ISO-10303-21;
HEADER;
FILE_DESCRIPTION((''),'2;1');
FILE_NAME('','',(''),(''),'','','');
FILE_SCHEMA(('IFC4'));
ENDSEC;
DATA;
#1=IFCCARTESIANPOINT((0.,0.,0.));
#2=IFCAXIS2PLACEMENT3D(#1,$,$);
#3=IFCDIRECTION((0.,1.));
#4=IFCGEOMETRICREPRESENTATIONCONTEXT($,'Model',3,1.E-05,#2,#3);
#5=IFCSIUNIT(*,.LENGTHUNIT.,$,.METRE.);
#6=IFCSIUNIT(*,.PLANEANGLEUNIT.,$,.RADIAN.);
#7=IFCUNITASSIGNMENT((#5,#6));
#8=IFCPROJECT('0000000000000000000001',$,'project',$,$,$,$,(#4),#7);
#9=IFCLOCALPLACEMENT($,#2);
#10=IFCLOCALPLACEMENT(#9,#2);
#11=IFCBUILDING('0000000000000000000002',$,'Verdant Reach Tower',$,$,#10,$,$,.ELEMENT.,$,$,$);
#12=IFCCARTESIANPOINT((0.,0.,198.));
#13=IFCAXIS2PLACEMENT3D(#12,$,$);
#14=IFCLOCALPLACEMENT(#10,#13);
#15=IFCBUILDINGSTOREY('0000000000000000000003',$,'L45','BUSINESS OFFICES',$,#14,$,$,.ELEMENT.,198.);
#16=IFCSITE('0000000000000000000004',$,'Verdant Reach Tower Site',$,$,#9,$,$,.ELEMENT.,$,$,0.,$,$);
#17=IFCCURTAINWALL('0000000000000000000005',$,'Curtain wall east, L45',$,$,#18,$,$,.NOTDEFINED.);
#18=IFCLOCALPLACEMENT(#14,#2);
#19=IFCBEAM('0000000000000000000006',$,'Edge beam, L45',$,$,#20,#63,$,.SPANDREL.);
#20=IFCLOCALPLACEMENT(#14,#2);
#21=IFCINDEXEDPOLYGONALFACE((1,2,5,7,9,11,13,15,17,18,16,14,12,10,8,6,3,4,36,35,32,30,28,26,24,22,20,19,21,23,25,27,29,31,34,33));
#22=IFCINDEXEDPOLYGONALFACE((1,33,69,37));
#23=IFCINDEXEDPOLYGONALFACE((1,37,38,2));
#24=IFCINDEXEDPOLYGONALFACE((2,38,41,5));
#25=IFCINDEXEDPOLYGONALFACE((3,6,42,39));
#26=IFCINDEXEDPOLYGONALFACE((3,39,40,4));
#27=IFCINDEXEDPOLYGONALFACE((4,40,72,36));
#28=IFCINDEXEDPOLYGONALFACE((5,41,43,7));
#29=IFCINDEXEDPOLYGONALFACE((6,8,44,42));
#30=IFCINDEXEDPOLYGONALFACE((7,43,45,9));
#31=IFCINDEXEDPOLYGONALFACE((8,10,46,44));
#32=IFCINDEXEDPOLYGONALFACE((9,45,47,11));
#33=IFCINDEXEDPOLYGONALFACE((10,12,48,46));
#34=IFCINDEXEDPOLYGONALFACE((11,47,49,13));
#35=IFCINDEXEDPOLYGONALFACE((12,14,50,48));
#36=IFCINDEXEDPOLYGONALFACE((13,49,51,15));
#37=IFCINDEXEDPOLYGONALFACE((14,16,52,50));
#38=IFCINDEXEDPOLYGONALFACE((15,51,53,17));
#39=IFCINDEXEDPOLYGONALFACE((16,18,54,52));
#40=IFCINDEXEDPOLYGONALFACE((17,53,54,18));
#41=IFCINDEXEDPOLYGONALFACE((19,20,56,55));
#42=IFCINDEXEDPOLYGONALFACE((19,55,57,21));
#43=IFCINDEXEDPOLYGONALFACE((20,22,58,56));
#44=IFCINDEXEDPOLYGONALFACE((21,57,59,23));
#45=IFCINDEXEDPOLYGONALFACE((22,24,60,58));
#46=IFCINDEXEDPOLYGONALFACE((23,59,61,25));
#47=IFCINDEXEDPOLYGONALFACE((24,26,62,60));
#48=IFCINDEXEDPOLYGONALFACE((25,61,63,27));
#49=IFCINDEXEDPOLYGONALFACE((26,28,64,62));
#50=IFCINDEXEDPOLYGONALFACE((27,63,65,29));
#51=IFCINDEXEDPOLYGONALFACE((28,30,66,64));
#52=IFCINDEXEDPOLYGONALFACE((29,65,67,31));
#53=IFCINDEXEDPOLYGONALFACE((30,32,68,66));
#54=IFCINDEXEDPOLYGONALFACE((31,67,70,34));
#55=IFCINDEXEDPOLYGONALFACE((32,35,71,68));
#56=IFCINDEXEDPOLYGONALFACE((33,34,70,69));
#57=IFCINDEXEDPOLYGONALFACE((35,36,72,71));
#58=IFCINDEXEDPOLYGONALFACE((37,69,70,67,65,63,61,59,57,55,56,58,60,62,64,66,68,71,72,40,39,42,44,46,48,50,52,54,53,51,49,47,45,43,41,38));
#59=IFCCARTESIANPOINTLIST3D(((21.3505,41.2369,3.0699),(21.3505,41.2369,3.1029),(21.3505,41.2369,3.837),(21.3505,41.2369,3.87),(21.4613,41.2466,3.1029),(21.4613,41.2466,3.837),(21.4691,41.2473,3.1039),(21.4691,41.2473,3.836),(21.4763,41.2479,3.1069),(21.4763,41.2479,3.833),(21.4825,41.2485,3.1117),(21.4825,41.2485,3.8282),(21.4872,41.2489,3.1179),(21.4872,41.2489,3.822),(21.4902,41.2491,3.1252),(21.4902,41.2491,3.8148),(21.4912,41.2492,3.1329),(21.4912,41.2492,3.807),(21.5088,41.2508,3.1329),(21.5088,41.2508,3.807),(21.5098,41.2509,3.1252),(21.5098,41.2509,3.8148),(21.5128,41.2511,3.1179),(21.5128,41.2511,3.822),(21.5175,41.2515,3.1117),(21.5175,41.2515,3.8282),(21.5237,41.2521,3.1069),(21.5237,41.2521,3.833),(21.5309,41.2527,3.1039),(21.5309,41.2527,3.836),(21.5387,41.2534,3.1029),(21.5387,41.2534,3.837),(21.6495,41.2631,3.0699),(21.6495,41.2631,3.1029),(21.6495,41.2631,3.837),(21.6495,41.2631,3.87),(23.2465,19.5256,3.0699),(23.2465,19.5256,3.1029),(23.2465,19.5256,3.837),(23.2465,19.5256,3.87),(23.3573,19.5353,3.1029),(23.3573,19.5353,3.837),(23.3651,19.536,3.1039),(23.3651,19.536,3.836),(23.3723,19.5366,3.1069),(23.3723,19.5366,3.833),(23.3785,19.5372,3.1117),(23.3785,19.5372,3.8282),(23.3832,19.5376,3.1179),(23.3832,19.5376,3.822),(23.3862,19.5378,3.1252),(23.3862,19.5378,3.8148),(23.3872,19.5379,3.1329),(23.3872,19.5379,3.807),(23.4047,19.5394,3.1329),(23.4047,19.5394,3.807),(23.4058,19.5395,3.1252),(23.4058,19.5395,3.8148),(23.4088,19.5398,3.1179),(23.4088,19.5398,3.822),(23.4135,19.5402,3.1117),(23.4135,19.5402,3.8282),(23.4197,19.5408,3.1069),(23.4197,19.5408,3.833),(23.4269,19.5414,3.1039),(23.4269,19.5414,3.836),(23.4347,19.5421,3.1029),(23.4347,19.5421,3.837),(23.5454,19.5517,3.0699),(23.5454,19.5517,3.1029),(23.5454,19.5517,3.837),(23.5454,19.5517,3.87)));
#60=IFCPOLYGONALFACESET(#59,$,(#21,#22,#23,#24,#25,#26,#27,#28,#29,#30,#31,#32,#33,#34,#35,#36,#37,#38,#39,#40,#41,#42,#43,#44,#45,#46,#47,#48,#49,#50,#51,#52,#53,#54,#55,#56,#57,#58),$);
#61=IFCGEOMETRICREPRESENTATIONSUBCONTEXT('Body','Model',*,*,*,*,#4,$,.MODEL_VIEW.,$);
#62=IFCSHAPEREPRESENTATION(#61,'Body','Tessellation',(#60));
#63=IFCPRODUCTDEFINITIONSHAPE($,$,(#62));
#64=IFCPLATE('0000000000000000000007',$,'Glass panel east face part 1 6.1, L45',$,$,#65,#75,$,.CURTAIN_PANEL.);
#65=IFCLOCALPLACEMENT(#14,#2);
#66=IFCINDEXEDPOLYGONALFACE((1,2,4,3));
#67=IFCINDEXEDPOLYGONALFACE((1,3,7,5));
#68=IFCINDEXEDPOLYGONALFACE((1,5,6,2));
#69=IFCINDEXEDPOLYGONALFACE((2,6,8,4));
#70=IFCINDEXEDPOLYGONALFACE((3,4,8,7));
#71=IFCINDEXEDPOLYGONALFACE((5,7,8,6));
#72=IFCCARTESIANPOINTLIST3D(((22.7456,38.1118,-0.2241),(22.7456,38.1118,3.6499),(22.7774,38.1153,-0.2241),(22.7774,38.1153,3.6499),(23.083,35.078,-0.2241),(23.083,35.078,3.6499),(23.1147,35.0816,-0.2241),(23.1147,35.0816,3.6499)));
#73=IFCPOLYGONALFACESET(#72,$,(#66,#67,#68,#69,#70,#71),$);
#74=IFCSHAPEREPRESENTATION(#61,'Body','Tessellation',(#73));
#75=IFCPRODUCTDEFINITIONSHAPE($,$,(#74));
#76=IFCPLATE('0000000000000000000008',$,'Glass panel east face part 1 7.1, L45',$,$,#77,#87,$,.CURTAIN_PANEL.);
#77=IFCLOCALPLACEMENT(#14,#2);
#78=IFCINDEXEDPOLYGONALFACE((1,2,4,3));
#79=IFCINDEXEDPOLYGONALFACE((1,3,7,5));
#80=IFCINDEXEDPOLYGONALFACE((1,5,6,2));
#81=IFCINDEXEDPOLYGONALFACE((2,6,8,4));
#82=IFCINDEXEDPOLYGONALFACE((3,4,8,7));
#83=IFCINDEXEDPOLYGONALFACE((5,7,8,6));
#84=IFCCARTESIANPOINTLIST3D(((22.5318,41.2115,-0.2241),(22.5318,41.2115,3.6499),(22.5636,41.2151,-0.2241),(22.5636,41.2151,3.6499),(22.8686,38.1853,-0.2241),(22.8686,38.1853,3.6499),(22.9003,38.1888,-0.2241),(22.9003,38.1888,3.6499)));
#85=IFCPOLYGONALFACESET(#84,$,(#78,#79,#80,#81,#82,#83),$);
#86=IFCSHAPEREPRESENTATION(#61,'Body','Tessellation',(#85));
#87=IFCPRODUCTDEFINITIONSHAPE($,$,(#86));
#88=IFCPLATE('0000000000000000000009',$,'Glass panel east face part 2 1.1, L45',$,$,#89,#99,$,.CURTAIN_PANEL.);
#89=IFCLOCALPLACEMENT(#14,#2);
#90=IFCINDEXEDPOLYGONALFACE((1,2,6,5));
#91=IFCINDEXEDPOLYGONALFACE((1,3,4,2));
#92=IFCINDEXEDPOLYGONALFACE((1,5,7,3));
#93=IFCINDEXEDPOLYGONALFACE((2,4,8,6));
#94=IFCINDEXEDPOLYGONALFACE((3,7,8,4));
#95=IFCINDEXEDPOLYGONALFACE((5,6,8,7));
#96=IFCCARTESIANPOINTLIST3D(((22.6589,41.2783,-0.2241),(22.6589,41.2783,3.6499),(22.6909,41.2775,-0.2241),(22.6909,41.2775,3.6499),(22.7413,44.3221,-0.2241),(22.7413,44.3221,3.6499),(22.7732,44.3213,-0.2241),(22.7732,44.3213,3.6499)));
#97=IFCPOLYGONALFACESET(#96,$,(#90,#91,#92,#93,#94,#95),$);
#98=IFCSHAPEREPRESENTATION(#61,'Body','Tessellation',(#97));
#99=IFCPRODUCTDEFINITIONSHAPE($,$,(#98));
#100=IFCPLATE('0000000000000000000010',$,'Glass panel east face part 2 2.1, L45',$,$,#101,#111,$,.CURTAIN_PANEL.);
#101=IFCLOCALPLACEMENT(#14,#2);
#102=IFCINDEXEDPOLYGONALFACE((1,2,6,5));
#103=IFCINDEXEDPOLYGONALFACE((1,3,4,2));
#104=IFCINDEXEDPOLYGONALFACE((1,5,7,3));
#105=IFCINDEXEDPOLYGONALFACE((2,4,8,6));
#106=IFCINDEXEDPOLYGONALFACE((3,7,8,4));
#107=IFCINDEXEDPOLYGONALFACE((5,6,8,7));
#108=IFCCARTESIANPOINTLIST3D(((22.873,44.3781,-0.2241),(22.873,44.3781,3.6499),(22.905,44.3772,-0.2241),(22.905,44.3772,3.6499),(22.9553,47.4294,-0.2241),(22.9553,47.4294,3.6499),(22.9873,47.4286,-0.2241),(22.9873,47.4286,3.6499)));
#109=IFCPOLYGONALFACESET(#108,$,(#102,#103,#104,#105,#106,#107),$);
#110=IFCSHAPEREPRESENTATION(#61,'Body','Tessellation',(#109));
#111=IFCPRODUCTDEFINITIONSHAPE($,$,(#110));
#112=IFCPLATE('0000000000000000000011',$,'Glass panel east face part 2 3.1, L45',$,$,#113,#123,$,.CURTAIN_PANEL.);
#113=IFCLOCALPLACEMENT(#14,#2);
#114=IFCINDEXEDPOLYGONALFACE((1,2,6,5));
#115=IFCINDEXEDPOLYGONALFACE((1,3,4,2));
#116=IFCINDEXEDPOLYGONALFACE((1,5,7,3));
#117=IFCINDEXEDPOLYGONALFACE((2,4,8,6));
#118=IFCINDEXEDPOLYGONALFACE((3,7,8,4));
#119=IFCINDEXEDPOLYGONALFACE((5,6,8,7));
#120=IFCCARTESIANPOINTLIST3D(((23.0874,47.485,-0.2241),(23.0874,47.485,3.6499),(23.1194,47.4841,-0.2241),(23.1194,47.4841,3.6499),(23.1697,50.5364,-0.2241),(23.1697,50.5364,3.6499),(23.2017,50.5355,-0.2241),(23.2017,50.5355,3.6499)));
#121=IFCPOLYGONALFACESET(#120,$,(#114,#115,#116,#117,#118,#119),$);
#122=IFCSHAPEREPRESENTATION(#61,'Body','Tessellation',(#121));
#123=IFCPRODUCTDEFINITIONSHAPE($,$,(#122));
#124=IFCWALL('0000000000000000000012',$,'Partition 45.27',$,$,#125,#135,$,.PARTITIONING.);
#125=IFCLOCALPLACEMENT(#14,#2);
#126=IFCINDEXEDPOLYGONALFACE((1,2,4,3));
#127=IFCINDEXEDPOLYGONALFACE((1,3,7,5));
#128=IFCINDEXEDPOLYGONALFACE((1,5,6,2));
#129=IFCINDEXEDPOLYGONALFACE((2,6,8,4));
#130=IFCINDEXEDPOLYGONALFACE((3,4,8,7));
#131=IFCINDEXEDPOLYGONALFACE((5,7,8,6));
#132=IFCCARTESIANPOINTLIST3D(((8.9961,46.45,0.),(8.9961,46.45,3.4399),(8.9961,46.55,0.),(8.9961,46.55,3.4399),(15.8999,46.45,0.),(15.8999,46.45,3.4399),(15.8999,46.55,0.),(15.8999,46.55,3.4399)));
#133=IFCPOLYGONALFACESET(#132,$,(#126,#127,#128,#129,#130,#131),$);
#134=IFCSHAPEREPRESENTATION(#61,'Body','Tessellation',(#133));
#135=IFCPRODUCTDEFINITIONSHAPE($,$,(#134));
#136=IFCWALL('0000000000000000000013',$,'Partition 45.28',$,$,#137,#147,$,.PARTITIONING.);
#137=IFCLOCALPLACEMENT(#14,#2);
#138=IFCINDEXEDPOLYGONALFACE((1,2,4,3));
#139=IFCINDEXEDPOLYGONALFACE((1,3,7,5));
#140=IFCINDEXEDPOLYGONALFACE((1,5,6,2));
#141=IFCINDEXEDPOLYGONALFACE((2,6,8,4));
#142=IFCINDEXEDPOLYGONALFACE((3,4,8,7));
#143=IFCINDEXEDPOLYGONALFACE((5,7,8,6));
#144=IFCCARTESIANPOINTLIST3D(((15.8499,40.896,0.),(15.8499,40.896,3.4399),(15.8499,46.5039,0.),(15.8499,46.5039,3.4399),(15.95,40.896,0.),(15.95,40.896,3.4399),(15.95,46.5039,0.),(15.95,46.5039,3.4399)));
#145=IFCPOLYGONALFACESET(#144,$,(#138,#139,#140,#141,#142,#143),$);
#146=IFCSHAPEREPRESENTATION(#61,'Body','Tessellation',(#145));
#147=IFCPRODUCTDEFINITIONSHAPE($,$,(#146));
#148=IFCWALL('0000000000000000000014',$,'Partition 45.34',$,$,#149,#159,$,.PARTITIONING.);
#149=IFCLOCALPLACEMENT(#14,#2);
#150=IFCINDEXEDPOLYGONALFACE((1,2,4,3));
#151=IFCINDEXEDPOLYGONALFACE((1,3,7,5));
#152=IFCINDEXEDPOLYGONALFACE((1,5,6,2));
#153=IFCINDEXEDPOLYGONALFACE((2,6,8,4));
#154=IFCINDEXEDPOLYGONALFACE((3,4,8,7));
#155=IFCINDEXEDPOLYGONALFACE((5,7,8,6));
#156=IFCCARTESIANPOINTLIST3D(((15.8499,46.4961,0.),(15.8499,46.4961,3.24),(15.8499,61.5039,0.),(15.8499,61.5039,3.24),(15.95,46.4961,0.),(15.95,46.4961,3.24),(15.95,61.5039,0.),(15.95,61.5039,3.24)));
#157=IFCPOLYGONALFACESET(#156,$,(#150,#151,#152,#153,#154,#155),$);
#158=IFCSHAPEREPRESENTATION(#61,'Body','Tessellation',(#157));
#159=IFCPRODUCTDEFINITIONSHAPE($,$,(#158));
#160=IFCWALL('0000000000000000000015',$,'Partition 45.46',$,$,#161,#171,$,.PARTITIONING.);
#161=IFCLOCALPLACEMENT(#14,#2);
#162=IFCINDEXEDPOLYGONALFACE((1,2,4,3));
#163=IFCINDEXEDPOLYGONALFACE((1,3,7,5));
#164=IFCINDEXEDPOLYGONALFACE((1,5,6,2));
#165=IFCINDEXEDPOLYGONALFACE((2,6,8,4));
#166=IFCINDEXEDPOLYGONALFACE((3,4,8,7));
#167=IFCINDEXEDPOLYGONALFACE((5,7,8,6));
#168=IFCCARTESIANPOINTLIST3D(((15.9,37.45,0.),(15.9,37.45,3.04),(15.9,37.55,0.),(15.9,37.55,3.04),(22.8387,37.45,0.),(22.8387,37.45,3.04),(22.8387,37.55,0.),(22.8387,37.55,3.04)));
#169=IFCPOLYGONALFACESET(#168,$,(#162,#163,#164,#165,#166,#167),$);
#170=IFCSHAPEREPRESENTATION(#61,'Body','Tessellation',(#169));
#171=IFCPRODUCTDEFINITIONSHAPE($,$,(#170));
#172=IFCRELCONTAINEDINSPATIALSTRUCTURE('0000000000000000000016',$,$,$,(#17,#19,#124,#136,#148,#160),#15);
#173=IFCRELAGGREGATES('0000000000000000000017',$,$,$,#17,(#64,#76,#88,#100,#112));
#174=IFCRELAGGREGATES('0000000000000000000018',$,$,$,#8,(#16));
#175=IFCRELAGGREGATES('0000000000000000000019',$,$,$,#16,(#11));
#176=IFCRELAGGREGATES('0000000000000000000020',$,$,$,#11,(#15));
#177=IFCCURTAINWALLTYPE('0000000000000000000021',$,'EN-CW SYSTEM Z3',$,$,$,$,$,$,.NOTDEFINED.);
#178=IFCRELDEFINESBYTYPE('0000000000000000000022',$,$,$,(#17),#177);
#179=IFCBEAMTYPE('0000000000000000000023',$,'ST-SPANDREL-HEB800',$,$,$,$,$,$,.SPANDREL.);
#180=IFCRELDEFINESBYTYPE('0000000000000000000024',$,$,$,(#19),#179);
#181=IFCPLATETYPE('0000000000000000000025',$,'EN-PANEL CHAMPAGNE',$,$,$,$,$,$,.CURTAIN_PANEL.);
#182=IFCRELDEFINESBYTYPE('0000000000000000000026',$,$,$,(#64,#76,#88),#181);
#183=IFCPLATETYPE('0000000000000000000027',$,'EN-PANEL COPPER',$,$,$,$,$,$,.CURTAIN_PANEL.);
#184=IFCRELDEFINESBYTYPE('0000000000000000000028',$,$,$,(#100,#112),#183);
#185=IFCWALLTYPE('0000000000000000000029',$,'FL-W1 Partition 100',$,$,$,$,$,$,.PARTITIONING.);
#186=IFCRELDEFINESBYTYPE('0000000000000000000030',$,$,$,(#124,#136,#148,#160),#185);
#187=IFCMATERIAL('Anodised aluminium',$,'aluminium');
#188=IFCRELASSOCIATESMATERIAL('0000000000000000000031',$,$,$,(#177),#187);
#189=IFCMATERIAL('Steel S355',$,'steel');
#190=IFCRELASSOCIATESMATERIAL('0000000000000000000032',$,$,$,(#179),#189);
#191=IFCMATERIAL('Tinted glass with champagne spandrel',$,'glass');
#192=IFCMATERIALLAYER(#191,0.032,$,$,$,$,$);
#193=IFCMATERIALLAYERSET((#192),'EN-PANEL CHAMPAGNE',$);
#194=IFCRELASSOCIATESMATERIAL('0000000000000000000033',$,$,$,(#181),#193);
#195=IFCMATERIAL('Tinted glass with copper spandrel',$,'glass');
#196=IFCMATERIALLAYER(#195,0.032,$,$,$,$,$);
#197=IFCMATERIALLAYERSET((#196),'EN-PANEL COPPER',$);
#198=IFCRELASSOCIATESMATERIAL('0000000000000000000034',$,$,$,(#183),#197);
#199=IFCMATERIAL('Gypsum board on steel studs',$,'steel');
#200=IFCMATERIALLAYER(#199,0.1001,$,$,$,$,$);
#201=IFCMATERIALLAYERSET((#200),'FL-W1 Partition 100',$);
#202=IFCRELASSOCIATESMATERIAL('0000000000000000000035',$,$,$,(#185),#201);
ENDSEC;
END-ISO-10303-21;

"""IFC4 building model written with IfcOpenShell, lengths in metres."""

from ifc_helpers import new_model, si_unit, direction, frame, frame_2d, origin, origin_2d, place, context, subcontext, project, spatial, rectangle, i_section, extrude, material, layer, layer_set, material_profile, profile_set, type_object, element, aggregate, save


model = new_model("IFC4")

# Units and contexts
model_context = context("Model", 3, precision=1e-05, world=origin(), true_north=direction((0.0, 1.0)))
body_context = subcontext(model_context, "Body", "Model", "MODEL_VIEW")
ifc_project = project(units=[si_unit("LENGTHUNIT", "METRE"), si_unit("PLANEANGLEUNIT", "RADIAN")], contexts=[model_context])

# Site, building, storey
site_placement = place(None, origin())
site = spatial("IfcSite", under=ifc_project, at=site_placement, Name="Verdant Reach Tower Site", CompositionType="ELEMENT", RefElevation=0.0)
building_placement = place(site_placement, origin())
building = spatial("IfcBuilding", under=site, at=building_placement, Name="Verdant Reach Tower", CompositionType="ELEMENT")
storey_placement = place(building_placement, frame((0.0, 0.0, 198.0)))
storey = spatial("IfcBuildingStorey", under=building, at=storey_placement, Name="L45", Description="BUSINESS OFFICES", CompositionType="ELEMENT", Elevation=198.0)

# Curtain wall
ifc_material_1 = material(Name="Anodised aluminium", Category="aluminium")
curtain_wall_type = type_object("IfcCurtainWallType", Name="EN-CW SYSTEM Z3", PredefinedType="NOTDEFINED", material=ifc_material_1)
curtain_wall_placement = place(storey_placement, origin())
curtain_wall = element("IfcCurtainWall", 1, at=curtain_wall_placement, inside=storey, type_object=curtain_wall_type, Name="Curtain wall east, L45", PredefinedType="NOTDEFINED")

# Beam
ifc_material_2 = material(Name="Steel S355", Category="steel")
ifc_material_profile_1 = material_profile(ifc_material_2, i_section(OverallWidth=0.3, OverallDepth=0.8, WebThickness=0.0176, FlangeThickness=0.033, FilletRadius=0.03, at=origin_2d()), Name="HEB 800")
ifc_profile_set_1 = profile_set([ifc_material_profile_1], Name="Steel S355")
beam_type_1 = type_object("IfcBeamType", Name="ST-SPANDREL-HEB800", PredefinedType="SPANDREL", material=ifc_profile_set_1)
beam_1_placement = place(storey_placement, frame((21.5, 41.25, 3.47), z_axis=(0.086996, -0.996209, 0.0), x_axis=(0.996209, 0.086996, 0.0)))
element("IfcBeam", 2, at=beam_1_placement, inside=storey, type_object=beam_type_1, Name="Edge beam, L45", PredefinedType="SPANDREL", context=body_context, shape_type="SweptSolid", body=[
    extrude(i_section(OverallWidth=0.3, OverallDepth=0.8, WebThickness=0.0176, FlangeThickness=0.033, FilletRadius=0.03, at=origin_2d()), origin(), (0.0, 0.0, 1.0), 21.7939),
])

# Plates
ifc_material_3 = material(Name="Tinted glass with champagne spandrel", Category="glass")
ifc_layer_1 = layer(ifc_material_3, 0.032)
ifc_layer_set_1 = layer_set([ifc_layer_1], Name="EN-PANEL CHAMPAGNE")
plate_type_1 = type_object("IfcPlateType", Name="EN-PANEL CHAMPAGNE", PredefinedType="CURTAIN_PANEL", material=ifc_layer_set_1)
plate_1_placement = place(storey_placement, frame((22.9302, 36.5967, -0.2241), z_axis=(0.0, 0.0, 1.0), x_axis=(-0.110518, 0.993874, 0.0)))
plate_1 = element("IfcPlate", 3, at=plate_1_placement, type_object=plate_type_1, Name="Glass panel east face part 1 6.1, L45", PredefinedType="CURTAIN_PANEL", context=body_context, shape_type="SweptSolid", body=[
    extrude(rectangle(XDim=3.0525, YDim=0.032, at=origin_2d()), origin(), (0.0, 0.0, 1.0), 3.874),
])
plate_2_placement = place(storey_placement, frame((22.7161, 39.7002, -0.2241), z_axis=(0.0, 0.0, 1.0), x_axis=(-0.110601, 0.993865, 0.0)))
plate_2 = element("IfcPlate", 4, at=plate_2_placement, type_object=plate_type_1, Name="Glass panel east face part 1 7.1, L45", PredefinedType="CURTAIN_PANEL", context=body_context, shape_type="SweptSolid", body=[
    extrude(rectangle(XDim=3.0449, YDim=0.032, at=origin_2d()), origin(), (0.0, 0.0, 1.0), 3.874),
])
plate_3_placement = place(storey_placement, frame((22.7161, 42.7998, -0.2241), z_axis=(0.0, 0.0, 1.0), x_axis=(0.027048, 0.999634, 0.0)))
plate_3 = element("IfcPlate", 5, at=plate_3_placement, type_object=plate_type_1, Name="Glass panel east face part 2 1.1, L45", PredefinedType="CURTAIN_PANEL", context=body_context, shape_type="SweptSolid", body=[
    extrude(rectangle(XDim=3.0449, YDim=0.032, at=origin_2d()), origin(), (0.0, 0.0, 1.0), 3.874),
])
ifc_material_4 = material(Name="Tinted glass with copper spandrel", Category="glass")
ifc_layer_2 = layer(ifc_material_4, 0.032)
ifc_layer_set_2 = layer_set([ifc_layer_2], Name="EN-PANEL COPPER")
plate_type_2 = type_object("IfcPlateType", Name="EN-PANEL COPPER", PredefinedType="CURTAIN_PANEL", material=ifc_layer_set_2)
plate_4_placement = place(storey_placement, frame((22.9302, 45.9033, -0.2241), z_axis=(0.0, 0.0, 1.0), x_axis=(0.026965, 0.999636, 0.0)))
plate_4 = element("IfcPlate", 6, at=plate_4_placement, type_object=plate_type_2, Name="Glass panel east face part 2 2.1, L45", PredefinedType="CURTAIN_PANEL", context=body_context, shape_type="SweptSolid", body=[
    extrude(rectangle(XDim=3.0525, YDim=0.032, at=origin_2d()), origin(), (0.0, 0.0, 1.0), 3.874),
])
plate_5_placement = place(storey_placement, frame((23.1445, 49.0103, -0.2241), z_axis=(0.0, 0.0, 1.0), x_axis=(0.026965, 0.999636, 0.0)))
plate_5 = element("IfcPlate", 7, at=plate_5_placement, type_object=plate_type_2, Name="Glass panel east face part 2 3.1, L45", PredefinedType="CURTAIN_PANEL", context=body_context, shape_type="SweptSolid", body=[
    extrude(rectangle(XDim=3.0525, YDim=0.032, at=origin_2d()), origin(), (0.0, 0.0, 1.0), 3.874),
])
aggregate(curtain_wall, [plate_1, plate_2, plate_3, plate_4, plate_5])

# Walls
ifc_material_5 = material(Name="Gypsum board on steel studs", Category="steel")
ifc_layer_3 = layer(ifc_material_5, 0.1001)
ifc_layer_set_3 = layer_set([ifc_layer_3], Name="FL-W1 Partition 100")
wall_type_1 = type_object("IfcWallType", Name="FL-W1 Partition 100", PredefinedType="PARTITIONING", material=ifc_layer_set_3)
wall_1_placement = place(storey_placement, frame((15.8999, 46.5, 0.0), z_axis=(0.0, 0.0, 1.0), x_axis=(-1.0, 0.0, 0.0)))
element("IfcWall", 8, at=wall_1_placement, inside=storey, type_object=wall_type_1, Name="Partition 45.27", PredefinedType="PARTITIONING", context=body_context, shape_type="SweptSolid", body=[
    extrude(rectangle(XDim=6.9038, YDim=0.1001, at=frame_2d((3.4519, 0.0))), origin(), (0.0, 0.0, 1.0), 3.4399),
])
wall_2_placement = place(storey_placement, frame((15.8999, 40.896, 0.0), z_axis=(0.0, 0.0, 1.0), x_axis=(0.0, 1.0, 0.0)))
element("IfcWall", 9, at=wall_2_placement, inside=storey, type_object=wall_type_1, Name="Partition 45.28", PredefinedType="PARTITIONING", context=body_context, shape_type="SweptSolid", body=[
    extrude(rectangle(XDim=5.6079, YDim=0.1001, at=frame_2d((2.804, 0.0))), origin(), (0.0, 0.0, 1.0), 3.4399),
])
wall_3_placement = place(storey_placement, frame((15.8999, 46.4961, 0.0), z_axis=(0.0, 0.0, 1.0), x_axis=(0.0, 1.0, 0.0)))
element("IfcWall", 10, at=wall_3_placement, inside=storey, type_object=wall_type_1, Name="Partition 45.34", PredefinedType="PARTITIONING", context=body_context, shape_type="SweptSolid", body=[
    extrude(rectangle(XDim=15.0078, YDim=0.1001, at=frame_2d((7.5039, 0.0))), origin(), (0.0, 0.0, 1.0), 3.24),
])
wall_4_placement = place(storey_placement, frame((22.8386, 37.5, 0.0), z_axis=(0.0, 0.0, 1.0), x_axis=(-1.0, 0.0, 0.0)))
element("IfcWall", 11, at=wall_4_placement, inside=storey, type_object=wall_type_1, Name="Partition 45.46", PredefinedType="PARTITIONING", context=body_context, shape_type="SweptSolid", body=[
    extrude(rectangle(XDim=6.9387, YDim=0.1001, at=frame_2d((3.4692, 0.0))), origin(), (0.0, 0.0, 1.0), 3.04),
])

save(model, "model.ifc")
